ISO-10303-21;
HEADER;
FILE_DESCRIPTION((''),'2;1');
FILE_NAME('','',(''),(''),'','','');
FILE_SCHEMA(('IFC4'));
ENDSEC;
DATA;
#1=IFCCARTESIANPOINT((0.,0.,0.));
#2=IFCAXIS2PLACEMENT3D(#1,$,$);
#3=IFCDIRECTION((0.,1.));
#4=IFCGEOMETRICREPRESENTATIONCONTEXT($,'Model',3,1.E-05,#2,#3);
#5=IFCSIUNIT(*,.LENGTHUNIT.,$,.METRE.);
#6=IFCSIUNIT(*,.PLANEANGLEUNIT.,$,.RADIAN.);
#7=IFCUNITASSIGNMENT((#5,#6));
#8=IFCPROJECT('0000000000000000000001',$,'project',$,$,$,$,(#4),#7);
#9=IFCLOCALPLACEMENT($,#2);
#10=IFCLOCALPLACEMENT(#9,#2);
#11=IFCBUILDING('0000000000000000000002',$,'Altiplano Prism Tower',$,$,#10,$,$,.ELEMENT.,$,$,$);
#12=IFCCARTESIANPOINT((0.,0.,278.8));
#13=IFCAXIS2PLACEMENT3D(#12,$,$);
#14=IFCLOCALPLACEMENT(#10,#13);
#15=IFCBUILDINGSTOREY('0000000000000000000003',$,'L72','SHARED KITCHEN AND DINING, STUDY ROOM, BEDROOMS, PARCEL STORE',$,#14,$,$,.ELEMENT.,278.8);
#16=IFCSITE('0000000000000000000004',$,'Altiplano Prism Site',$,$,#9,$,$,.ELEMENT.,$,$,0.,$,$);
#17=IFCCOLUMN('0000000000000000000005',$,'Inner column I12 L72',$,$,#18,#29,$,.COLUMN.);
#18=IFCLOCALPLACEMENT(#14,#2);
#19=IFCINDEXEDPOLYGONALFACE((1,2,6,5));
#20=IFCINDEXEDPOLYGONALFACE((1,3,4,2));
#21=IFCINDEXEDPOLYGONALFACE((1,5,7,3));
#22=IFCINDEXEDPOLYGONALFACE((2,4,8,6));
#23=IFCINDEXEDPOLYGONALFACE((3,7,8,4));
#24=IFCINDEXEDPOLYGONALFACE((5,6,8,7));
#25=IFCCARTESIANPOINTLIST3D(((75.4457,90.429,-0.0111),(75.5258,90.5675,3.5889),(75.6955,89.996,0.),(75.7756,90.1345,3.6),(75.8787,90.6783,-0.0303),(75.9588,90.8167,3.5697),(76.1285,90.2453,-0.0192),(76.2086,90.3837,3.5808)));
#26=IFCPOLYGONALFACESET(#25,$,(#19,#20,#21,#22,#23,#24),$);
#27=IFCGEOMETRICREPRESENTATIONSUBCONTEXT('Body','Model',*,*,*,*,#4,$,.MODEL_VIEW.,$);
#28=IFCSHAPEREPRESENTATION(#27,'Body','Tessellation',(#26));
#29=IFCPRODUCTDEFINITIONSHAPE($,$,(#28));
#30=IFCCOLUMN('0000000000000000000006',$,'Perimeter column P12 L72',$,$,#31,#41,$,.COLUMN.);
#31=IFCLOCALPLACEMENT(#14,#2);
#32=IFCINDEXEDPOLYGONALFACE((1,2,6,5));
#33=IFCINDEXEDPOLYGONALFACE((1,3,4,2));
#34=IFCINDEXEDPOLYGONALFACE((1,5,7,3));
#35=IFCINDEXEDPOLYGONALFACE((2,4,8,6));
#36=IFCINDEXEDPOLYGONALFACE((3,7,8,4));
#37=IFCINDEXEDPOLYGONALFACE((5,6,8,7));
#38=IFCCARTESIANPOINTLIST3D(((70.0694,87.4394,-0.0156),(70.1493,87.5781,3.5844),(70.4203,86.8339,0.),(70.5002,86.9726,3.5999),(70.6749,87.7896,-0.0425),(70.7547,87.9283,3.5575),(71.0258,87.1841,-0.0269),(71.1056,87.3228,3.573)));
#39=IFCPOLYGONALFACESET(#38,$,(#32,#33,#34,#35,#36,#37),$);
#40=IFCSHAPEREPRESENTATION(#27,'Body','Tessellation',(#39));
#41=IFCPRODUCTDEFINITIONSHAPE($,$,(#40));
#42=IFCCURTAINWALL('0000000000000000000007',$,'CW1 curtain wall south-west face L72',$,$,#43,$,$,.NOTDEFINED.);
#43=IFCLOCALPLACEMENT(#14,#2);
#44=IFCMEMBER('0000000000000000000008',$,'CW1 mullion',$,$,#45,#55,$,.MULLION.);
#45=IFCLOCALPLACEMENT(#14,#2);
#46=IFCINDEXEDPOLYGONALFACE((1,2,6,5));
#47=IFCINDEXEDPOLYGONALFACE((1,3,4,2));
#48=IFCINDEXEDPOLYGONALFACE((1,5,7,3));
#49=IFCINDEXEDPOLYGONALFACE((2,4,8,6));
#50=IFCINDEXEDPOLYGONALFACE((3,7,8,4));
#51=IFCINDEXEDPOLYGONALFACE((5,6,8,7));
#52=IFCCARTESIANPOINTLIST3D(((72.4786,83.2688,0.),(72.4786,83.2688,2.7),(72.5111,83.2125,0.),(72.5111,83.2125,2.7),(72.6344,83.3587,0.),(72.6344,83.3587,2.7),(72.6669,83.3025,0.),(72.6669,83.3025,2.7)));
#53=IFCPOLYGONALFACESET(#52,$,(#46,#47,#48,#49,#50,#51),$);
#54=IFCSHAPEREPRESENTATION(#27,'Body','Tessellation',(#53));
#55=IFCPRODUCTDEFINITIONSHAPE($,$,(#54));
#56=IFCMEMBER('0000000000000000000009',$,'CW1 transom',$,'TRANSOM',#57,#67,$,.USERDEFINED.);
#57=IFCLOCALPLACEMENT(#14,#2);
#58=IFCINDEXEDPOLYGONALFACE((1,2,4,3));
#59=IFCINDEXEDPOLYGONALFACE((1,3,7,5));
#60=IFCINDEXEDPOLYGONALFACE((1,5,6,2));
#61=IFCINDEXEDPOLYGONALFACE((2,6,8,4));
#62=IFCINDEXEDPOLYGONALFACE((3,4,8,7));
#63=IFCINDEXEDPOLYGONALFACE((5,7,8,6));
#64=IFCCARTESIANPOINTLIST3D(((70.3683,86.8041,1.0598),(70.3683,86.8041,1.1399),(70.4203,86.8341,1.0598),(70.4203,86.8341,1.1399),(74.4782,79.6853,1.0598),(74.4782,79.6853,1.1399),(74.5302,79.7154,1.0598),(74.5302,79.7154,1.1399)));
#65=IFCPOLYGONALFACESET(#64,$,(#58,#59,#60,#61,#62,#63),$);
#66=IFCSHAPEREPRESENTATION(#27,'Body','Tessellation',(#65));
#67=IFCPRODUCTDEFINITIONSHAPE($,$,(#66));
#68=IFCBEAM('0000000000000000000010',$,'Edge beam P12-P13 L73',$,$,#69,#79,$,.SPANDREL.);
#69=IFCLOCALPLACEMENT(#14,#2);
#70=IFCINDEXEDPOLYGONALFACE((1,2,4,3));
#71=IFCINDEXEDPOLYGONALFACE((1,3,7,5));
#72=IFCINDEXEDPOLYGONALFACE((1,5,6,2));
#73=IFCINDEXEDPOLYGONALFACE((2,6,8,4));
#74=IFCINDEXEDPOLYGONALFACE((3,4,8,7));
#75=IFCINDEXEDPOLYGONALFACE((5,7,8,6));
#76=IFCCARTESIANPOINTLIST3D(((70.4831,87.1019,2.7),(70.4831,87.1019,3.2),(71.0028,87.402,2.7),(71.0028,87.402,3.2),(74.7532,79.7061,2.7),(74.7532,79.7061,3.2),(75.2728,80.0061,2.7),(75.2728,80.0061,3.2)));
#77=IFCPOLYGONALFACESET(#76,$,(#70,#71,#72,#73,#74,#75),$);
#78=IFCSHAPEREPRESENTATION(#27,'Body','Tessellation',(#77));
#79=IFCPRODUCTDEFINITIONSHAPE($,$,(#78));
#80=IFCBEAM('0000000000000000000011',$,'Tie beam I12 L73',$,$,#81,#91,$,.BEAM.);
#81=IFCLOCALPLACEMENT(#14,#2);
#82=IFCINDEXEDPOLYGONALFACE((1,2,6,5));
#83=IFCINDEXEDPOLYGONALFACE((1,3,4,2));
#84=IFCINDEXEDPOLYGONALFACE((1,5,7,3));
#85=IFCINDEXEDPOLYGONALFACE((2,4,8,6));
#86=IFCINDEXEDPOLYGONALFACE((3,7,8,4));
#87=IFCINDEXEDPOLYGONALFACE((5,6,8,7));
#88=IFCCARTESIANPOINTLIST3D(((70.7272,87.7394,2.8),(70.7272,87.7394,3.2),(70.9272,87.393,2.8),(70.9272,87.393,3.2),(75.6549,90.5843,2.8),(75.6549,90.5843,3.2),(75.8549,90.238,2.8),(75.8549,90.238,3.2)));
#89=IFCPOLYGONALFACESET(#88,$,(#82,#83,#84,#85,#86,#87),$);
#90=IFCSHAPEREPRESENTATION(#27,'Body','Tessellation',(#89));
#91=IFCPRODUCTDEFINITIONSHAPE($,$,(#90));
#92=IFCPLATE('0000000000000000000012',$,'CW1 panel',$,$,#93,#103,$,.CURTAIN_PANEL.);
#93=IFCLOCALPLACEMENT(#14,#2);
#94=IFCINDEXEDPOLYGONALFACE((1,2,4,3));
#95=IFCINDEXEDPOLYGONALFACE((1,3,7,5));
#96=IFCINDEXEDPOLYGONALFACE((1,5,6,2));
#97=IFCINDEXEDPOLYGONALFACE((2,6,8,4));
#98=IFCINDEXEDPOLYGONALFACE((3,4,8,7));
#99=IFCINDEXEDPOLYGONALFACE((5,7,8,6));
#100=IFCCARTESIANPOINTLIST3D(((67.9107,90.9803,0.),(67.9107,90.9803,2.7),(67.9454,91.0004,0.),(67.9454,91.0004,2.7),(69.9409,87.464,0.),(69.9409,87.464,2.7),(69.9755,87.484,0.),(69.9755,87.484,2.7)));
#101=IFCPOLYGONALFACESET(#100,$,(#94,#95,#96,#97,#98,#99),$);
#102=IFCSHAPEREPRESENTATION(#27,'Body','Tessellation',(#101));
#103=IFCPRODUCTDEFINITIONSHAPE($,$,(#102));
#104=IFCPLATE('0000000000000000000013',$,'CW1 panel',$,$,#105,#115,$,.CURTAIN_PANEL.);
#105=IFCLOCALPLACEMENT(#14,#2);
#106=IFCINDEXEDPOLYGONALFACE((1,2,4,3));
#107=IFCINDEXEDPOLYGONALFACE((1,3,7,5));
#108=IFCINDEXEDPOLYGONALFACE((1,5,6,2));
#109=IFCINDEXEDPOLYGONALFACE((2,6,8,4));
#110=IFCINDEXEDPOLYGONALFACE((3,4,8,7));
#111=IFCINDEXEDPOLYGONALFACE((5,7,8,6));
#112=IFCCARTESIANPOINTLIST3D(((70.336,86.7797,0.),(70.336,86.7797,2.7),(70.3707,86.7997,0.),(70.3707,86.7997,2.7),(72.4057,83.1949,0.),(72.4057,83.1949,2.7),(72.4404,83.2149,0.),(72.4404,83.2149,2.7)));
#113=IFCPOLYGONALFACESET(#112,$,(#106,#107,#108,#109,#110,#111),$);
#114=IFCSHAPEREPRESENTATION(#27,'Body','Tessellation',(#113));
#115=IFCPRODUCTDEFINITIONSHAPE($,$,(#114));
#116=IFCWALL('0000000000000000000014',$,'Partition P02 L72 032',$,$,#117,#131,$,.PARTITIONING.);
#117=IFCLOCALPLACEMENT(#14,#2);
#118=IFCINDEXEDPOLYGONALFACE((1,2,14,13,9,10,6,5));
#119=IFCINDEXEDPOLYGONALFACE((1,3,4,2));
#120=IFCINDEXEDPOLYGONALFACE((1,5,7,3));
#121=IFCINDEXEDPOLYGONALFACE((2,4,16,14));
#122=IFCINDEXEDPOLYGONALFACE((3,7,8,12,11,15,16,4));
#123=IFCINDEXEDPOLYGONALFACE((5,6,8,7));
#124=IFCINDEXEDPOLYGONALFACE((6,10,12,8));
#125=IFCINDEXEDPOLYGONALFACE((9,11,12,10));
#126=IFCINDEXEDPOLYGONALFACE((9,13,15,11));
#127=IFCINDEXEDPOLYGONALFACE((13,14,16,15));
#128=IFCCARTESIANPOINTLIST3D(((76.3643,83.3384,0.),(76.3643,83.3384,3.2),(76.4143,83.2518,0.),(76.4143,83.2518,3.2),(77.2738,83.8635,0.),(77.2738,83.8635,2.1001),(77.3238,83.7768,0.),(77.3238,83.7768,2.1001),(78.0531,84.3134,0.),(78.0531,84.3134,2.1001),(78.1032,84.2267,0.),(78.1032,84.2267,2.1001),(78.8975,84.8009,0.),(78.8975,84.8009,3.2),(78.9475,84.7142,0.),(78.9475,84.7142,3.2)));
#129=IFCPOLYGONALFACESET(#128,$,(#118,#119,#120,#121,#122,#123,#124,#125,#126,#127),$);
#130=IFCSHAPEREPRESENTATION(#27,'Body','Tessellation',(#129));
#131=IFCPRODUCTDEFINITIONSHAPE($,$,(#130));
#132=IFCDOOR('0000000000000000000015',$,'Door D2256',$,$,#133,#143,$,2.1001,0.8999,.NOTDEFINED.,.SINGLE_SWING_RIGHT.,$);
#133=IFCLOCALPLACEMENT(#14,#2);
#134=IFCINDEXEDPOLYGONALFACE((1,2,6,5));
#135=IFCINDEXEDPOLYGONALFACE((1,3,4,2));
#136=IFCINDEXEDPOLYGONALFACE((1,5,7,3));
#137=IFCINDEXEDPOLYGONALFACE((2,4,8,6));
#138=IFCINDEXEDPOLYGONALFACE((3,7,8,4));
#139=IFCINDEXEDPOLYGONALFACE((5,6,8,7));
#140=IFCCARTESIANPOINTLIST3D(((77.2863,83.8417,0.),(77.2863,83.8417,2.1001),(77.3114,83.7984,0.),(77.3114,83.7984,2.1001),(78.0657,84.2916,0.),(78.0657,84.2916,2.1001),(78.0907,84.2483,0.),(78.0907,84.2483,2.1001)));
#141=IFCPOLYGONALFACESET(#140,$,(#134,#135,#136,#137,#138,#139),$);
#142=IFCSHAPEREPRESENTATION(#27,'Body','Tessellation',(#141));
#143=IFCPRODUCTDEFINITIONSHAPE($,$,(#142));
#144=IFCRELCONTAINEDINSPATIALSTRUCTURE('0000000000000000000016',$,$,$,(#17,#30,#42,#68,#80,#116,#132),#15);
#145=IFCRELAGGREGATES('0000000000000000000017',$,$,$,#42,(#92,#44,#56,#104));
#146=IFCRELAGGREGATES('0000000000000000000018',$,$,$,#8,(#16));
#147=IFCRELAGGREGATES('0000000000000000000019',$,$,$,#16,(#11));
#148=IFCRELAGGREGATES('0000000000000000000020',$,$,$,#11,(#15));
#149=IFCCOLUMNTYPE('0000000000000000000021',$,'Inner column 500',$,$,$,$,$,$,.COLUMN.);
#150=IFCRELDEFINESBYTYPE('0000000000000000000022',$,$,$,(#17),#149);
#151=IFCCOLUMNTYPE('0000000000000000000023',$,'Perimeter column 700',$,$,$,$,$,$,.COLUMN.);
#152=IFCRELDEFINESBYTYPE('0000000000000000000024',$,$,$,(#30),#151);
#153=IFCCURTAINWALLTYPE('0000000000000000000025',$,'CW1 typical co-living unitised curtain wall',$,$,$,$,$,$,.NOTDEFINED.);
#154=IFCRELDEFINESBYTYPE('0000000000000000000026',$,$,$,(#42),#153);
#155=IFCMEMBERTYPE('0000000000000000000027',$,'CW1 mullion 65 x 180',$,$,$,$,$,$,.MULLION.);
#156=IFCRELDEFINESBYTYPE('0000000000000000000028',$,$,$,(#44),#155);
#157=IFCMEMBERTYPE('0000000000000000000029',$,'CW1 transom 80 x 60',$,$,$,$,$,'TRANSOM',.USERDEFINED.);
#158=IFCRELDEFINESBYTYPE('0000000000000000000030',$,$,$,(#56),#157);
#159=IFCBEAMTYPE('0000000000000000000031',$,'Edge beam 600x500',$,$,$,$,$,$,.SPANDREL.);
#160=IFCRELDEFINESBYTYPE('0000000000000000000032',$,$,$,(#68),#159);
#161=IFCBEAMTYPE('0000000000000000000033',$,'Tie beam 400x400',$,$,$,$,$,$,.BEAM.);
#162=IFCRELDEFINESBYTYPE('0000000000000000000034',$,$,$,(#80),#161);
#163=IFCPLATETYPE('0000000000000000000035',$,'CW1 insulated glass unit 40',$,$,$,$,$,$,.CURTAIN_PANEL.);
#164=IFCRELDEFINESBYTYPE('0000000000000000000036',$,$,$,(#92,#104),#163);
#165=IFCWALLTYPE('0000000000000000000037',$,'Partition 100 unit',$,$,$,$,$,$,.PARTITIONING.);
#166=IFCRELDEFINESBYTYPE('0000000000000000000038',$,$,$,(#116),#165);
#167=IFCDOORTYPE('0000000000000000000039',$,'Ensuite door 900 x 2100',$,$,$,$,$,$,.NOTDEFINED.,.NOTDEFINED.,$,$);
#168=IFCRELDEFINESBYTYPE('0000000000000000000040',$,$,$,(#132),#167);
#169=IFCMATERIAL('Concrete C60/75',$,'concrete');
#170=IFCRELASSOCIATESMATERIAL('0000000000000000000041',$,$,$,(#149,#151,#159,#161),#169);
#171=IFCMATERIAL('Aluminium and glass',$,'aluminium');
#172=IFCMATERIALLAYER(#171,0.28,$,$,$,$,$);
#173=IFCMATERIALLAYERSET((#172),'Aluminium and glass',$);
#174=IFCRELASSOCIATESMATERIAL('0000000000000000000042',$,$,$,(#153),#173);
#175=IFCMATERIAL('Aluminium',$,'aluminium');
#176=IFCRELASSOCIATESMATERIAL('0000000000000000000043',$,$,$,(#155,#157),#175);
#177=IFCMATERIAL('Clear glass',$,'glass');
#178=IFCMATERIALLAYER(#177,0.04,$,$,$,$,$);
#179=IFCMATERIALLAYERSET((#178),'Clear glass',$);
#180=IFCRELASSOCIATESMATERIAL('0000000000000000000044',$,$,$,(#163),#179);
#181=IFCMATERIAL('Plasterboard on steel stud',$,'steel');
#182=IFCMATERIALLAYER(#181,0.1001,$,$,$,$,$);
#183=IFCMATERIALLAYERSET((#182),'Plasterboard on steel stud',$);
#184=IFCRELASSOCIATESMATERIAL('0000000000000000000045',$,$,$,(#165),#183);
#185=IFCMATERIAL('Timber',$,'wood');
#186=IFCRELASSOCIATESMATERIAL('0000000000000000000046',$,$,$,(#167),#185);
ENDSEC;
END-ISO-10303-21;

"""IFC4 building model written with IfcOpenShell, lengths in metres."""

from ifc_helpers import new_model, si_unit, direction, frame, frame_2d, origin, origin_2d, place, context, subcontext, project, spatial, rectangle, extrude, material, layer, layer_set, material_profile, profile_set, type_object, element, fill, aggregate, save


model = new_model("IFC4")

# Units and contexts
model_context = context("Model", 3, precision=1e-05, world=origin(), true_north=direction((0.0, 1.0)))
body_context = subcontext(model_context, "Body", "Model", "MODEL_VIEW")
ifc_project = project(units=[si_unit("LENGTHUNIT", "METRE"), si_unit("PLANEANGLEUNIT", "RADIAN")], contexts=[model_context])

# Site, building, storey
site_placement = place(None, origin())
site = spatial("IfcSite", under=ifc_project, at=site_placement, Name="Altiplano Prism Site", CompositionType="ELEMENT", RefElevation=0.0)
building_placement = place(site_placement, origin())
building = spatial("IfcBuilding", under=site, at=building_placement, Name="Altiplano Prism Tower", CompositionType="ELEMENT")
storey_placement = place(building_placement, frame((0.0, 0.0, 278.8)))
storey = spatial("IfcBuildingStorey", under=building, at=storey_placement, Name="L72", Description="SHARED KITCHEN AND DINING, STUDY ROOM, BEDROOMS, PARCEL STORE", CompositionType="ELEMENT", Elevation=278.8)

# Columns
ifc_material_1 = material(Name="Concrete C60/75", Category="concrete")
ifc_material_profile_1 = material_profile(ifc_material_1, rectangle(XDim=0.5, YDim=0.5, at=origin_2d()), Name="Inner column 500")
ifc_profile_set_1 = profile_set([ifc_material_profile_1], Name="Concrete C60/75")
column_type_1 = type_object("IfcColumnType", Name="Inner column 500", PredefinedType="COLUMN", material=ifc_profile_set_1)
column_1_placement = place(storey_placement, frame((75.7871, 90.3372, -0.0151), z_axis=(0.022223, 0.038416, 0.999015), x_axis=(-0.866024, -0.498523, 0.038435)))
element("IfcColumn", 1, at=column_1_placement, inside=storey, type_object=column_type_1, Name="Inner column I12 L72", PredefinedType="COLUMN", context=body_context, shape_type="SweptSolid", body=[
    extrude(rectangle(XDim=0.5, YDim=0.5, at=origin_2d()), origin(), (0.0, 0.0, 1.0), 3.6035),
])
ifc_material_profile_2 = material_profile(ifc_material_1, rectangle(XDim=0.7, YDim=0.7, at=origin_2d()), Name="Perimeter column 700")
ifc_profile_set_2 = profile_set([ifc_material_profile_2], Name="Concrete C60/75")
column_type_2 = type_object("IfcColumnType", Name="Perimeter column 700", PredefinedType="COLUMN", material=ifc_profile_set_2)
column_2_placement = place(storey_placement, frame((70.5476, 87.3118, -0.0212), z_axis=(0.022155, 0.038484, 0.999014), x_axis=(-0.864982, -0.500327, 0.038456)))
element("IfcColumn", 2, at=column_2_placement, inside=storey, type_object=column_type_2, Name="Perimeter column P12 L72", PredefinedType="COLUMN", context=body_context, shape_type="SweptSolid", body=[
    extrude(rectangle(XDim=0.7, YDim=0.7, at=origin_2d()), origin(), (0.0, 0.0, 1.0), 3.6035),
])

# Curtain wall, members
ifc_material_2 = material(Name="Aluminium and glass", Category="aluminium")
ifc_layer_1 = layer(ifc_material_2, 0.28)
ifc_layer_set_1 = layer_set([ifc_layer_1], Name="Aluminium and glass")
curtain_wall_type = type_object("IfcCurtainWallType", Name="CW1 typical co-living unitised curtain wall", PredefinedType="NOTDEFINED", material=ifc_layer_set_1)
curtain_wall_placement = place(storey_placement, origin())
curtain_wall = element("IfcCurtainWall", 3, at=curtain_wall_placement, inside=storey, type_object=curtain_wall_type, Name="CW1 curtain wall south-west face L72", PredefinedType="NOTDEFINED")
ifc_material_3 = material(Name="Aluminium", Category="aluminium")
ifc_material_profile_3 = material_profile(ifc_material_3, rectangle(XDim=0.1799, YDim=0.0649, at=origin_2d()), Name="CW1 mullion 65 x 180")
ifc_profile_set_3 = profile_set([ifc_material_profile_3], Name="Aluminium")
member_type_1 = type_object("IfcMemberType", Name="CW1 mullion 65 x 180", PredefinedType="MULLION", material=ifc_profile_set_3)
member_1_placement = place(storey_placement, frame((72.5728, 83.2856, 0.0), z_axis=(0.0, 0.0, 1.0), x_axis=(0.866025, 0.5, 0.0)))
member_1 = element("IfcMember", 4, at=member_1_placement, type_object=member_type_1, Name="CW1 mullion", PredefinedType="MULLION", context=body_context, shape_type="SweptSolid", body=[
    extrude(rectangle(XDim=0.1799, YDim=0.0649, at=origin_2d()), origin(), (0.0, 0.0, 1.0), 2.7),
])
ifc_material_profile_4 = material_profile(ifc_material_3, rectangle(XDim=0.0601, YDim=0.0801, at=origin_2d()), Name="CW1 transom 80 x 60")
ifc_profile_set_4 = profile_set([ifc_material_profile_4], Name="Aluminium")
member_type_2 = type_object("IfcMemberType", Name="CW1 transom 80 x 60", ElementType="TRANSOM", PredefinedType="USERDEFINED", material=ifc_profile_set_4)
member_2_placement = place(storey_placement, frame((70.3943, 86.8191, 1.0999), z_axis=(0.499992, -0.86603, 0.0), x_axis=(0.86603, 0.499992, 0.0)))
member_2 = element("IfcMember", 5, at=member_2_placement, type_object=member_type_2, Name="CW1 transom", ObjectType="TRANSOM", PredefinedType="USERDEFINED", context=body_context, shape_type="SweptSolid", body=[
    extrude(rectangle(XDim=0.0601, YDim=0.0801, at=origin_2d()), origin(), (0.0, 0.0, 1.0), 8.22),
])

# Beams
ifc_material_profile_5 = material_profile(ifc_material_1, rectangle(XDim=0.6001, YDim=0.5, at=origin_2d()), Name="Edge beam 600x500")
ifc_profile_set_5 = profile_set([ifc_material_profile_5], Name="Concrete C60/75")
beam_type_1 = type_object("IfcBeamType", Name="Edge beam 600x500", PredefinedType="SPANDREL", material=ifc_profile_set_5)
beam_1_placement = place(storey_placement, frame((70.7429, 87.252, 2.95), z_axis=(0.500007, -0.866021, 0.0), x_axis=(0.866021, 0.500007, 0.0)))
element("IfcBeam", 6, at=beam_1_placement, inside=storey, type_object=beam_type_1, Name="Edge beam P12-P13 L73", PredefinedType="SPANDREL", context=body_context, shape_type="SweptSolid", body=[
    extrude(rectangle(XDim=0.6001, YDim=0.5, at=origin_2d()), origin(), (0.0, 0.0, 1.0), 8.54),
])
ifc_material_profile_6 = material_profile(ifc_material_1, rectangle(XDim=0.3999, YDim=0.3999, at=origin_2d()), Name="Tie beam 400x400")
ifc_profile_set_6 = profile_set([ifc_material_profile_6], Name="Concrete C60/75")
beam_type_2 = type_object("IfcBeamType", Name="Tie beam 400x400", PredefinedType="BEAM", material=ifc_profile_set_6)
beam_2_placement = place(storey_placement, frame((75.7549, 90.4111, 3.0), z_axis=(-0.86603, -0.499992, 0.0), x_axis=(0.499992, -0.86603, 0.0)))
element("IfcBeam", 7, at=beam_2_placement, inside=storey, type_object=beam_type_2, Name="Tie beam I12 L73", PredefinedType="BEAM", context=body_context, shape_type="SweptSolid", body=[
    extrude(rectangle(XDim=0.3999, YDim=0.3999, at=origin_2d()), origin(), (0.0, 0.0, 1.0), 5.6899),
])

# Plates
ifc_material_4 = material(Name="Clear glass", Category="glass")
ifc_layer_2 = layer(ifc_material_4, 0.04)
ifc_layer_set_2 = layer_set([ifc_layer_2], Name="Clear glass")
plate_type = type_object("IfcPlateType", Name="CW1 insulated glass unit 40", PredefinedType="CURTAIN_PANEL", material=ifc_layer_set_2)
plate_1_placement = place(storey_placement, frame((68.9431, 89.2322, 0.0), z_axis=(0.0, 0.0, 1.0), x_axis=(0.5, -0.866025, 0.0)))
plate_1 = element("IfcPlate", 8, at=plate_1_placement, type_object=plate_type, Name="CW1 panel", PredefinedType="CURTAIN_PANEL", context=body_context, shape_type="SweptSolid", body=[
    extrude(rectangle(XDim=4.0603, YDim=0.04, at=origin_2d()), origin(), (0.0, 0.0, 1.0), 2.7),
])
plate_2_placement = place(storey_placement, frame((71.3882, 84.9973, 0.0), z_axis=(0.0, 0.0, 1.0), x_axis=(0.5, -0.866025, 0.0)))
plate_2 = element("IfcPlate", 9, at=plate_2_placement, type_object=plate_type, Name="CW1 panel", PredefinedType="CURTAIN_PANEL", context=body_context, shape_type="SweptSolid", body=[
    extrude(rectangle(XDim=4.1394, YDim=0.04, at=origin_2d()), origin(), (0.0, 0.0, 1.0), 2.7),
])
aggregate(curtain_wall, [plate_1, member_1, member_2, plate_2])

# Wall, opening, door
ifc_material_5 = material(Name="Plasterboard on steel stud", Category="steel")
ifc_layer_3 = layer(ifc_material_5, 0.1001)
ifc_layer_set_3 = layer_set([ifc_layer_3], Name="Plasterboard on steel stud")
wall_type_1 = type_object("IfcWallType", Name="Partition 100 unit", PredefinedType="PARTITIONING", material=ifc_layer_set_3)
wall_1_placement = place(storey_placement, frame((76.3894, 83.2952, 0.0), z_axis=(0.0, 0.0, 1.0), x_axis=(0.866047, 0.499963, 0.0)))
wall_1 = element("IfcWall", 10, at=wall_1_placement, inside=storey, type_object=wall_type_1, Name="Partition P02 L72 032", PredefinedType="PARTITIONING", context=body_context, shape_type="SweptSolid", body=[
    extrude(rectangle(XDim=2.925, YDim=0.1001, at=frame_2d((1.4624, 0.0))), origin(), (0.0, 0.0, 1.0), 3.2),
])
opening_1_placement = place(wall_1_placement, frame((1.05, 0.0, 0.0)))
opening_1 = element("IfcOpeningElement", 11, at=opening_1_placement, cuts=wall_1, PredefinedType="OPENING", context=body_context, shape_type="SweptSolid", body=[
    extrude(rectangle(XDim=0.8999, YDim=2.1001, at=frame_2d((0.45, 1.05))), frame((0.0, 0.0605, 0.0), z_axis=(0.0, -1.0, 0.0), x_axis=(1.0, 0.0, 0.0)), (0.0, 0.0, 1.0), 0.1211),
])
ifc_material_6 = material(Name="Timber", Category="wood")
door_type_1 = type_object("IfcDoorType", Name="Ensuite door 900 x 2100", OperationType="NOTDEFINED", PredefinedType="NOTDEFINED", material=ifc_material_6)
door_1_placement = place(opening_1_placement, origin())
door_1 = element("IfcDoor", 12, at=door_1_placement, inside=storey, type_object=door_type_1, Name="Door D2256", OperationType="SINGLE_SWING_RIGHT", OverallHeight=2.1001, OverallWidth=0.8999, PredefinedType="NOTDEFINED", context=body_context, shape_type="SweptSolid", body=[
    extrude(rectangle(XDim=0.8999, YDim=2.1001, at=frame_2d((0.45, 1.05))), frame((0.0, 0.0249, 0.0), z_axis=(0.0, -1.0, 0.0), x_axis=(1.0, 0.0, 0.0)), (0.0, 0.0, 1.0), 0.05),
])
fill(opening_1, door_1)

save(model, "model.ifc")
